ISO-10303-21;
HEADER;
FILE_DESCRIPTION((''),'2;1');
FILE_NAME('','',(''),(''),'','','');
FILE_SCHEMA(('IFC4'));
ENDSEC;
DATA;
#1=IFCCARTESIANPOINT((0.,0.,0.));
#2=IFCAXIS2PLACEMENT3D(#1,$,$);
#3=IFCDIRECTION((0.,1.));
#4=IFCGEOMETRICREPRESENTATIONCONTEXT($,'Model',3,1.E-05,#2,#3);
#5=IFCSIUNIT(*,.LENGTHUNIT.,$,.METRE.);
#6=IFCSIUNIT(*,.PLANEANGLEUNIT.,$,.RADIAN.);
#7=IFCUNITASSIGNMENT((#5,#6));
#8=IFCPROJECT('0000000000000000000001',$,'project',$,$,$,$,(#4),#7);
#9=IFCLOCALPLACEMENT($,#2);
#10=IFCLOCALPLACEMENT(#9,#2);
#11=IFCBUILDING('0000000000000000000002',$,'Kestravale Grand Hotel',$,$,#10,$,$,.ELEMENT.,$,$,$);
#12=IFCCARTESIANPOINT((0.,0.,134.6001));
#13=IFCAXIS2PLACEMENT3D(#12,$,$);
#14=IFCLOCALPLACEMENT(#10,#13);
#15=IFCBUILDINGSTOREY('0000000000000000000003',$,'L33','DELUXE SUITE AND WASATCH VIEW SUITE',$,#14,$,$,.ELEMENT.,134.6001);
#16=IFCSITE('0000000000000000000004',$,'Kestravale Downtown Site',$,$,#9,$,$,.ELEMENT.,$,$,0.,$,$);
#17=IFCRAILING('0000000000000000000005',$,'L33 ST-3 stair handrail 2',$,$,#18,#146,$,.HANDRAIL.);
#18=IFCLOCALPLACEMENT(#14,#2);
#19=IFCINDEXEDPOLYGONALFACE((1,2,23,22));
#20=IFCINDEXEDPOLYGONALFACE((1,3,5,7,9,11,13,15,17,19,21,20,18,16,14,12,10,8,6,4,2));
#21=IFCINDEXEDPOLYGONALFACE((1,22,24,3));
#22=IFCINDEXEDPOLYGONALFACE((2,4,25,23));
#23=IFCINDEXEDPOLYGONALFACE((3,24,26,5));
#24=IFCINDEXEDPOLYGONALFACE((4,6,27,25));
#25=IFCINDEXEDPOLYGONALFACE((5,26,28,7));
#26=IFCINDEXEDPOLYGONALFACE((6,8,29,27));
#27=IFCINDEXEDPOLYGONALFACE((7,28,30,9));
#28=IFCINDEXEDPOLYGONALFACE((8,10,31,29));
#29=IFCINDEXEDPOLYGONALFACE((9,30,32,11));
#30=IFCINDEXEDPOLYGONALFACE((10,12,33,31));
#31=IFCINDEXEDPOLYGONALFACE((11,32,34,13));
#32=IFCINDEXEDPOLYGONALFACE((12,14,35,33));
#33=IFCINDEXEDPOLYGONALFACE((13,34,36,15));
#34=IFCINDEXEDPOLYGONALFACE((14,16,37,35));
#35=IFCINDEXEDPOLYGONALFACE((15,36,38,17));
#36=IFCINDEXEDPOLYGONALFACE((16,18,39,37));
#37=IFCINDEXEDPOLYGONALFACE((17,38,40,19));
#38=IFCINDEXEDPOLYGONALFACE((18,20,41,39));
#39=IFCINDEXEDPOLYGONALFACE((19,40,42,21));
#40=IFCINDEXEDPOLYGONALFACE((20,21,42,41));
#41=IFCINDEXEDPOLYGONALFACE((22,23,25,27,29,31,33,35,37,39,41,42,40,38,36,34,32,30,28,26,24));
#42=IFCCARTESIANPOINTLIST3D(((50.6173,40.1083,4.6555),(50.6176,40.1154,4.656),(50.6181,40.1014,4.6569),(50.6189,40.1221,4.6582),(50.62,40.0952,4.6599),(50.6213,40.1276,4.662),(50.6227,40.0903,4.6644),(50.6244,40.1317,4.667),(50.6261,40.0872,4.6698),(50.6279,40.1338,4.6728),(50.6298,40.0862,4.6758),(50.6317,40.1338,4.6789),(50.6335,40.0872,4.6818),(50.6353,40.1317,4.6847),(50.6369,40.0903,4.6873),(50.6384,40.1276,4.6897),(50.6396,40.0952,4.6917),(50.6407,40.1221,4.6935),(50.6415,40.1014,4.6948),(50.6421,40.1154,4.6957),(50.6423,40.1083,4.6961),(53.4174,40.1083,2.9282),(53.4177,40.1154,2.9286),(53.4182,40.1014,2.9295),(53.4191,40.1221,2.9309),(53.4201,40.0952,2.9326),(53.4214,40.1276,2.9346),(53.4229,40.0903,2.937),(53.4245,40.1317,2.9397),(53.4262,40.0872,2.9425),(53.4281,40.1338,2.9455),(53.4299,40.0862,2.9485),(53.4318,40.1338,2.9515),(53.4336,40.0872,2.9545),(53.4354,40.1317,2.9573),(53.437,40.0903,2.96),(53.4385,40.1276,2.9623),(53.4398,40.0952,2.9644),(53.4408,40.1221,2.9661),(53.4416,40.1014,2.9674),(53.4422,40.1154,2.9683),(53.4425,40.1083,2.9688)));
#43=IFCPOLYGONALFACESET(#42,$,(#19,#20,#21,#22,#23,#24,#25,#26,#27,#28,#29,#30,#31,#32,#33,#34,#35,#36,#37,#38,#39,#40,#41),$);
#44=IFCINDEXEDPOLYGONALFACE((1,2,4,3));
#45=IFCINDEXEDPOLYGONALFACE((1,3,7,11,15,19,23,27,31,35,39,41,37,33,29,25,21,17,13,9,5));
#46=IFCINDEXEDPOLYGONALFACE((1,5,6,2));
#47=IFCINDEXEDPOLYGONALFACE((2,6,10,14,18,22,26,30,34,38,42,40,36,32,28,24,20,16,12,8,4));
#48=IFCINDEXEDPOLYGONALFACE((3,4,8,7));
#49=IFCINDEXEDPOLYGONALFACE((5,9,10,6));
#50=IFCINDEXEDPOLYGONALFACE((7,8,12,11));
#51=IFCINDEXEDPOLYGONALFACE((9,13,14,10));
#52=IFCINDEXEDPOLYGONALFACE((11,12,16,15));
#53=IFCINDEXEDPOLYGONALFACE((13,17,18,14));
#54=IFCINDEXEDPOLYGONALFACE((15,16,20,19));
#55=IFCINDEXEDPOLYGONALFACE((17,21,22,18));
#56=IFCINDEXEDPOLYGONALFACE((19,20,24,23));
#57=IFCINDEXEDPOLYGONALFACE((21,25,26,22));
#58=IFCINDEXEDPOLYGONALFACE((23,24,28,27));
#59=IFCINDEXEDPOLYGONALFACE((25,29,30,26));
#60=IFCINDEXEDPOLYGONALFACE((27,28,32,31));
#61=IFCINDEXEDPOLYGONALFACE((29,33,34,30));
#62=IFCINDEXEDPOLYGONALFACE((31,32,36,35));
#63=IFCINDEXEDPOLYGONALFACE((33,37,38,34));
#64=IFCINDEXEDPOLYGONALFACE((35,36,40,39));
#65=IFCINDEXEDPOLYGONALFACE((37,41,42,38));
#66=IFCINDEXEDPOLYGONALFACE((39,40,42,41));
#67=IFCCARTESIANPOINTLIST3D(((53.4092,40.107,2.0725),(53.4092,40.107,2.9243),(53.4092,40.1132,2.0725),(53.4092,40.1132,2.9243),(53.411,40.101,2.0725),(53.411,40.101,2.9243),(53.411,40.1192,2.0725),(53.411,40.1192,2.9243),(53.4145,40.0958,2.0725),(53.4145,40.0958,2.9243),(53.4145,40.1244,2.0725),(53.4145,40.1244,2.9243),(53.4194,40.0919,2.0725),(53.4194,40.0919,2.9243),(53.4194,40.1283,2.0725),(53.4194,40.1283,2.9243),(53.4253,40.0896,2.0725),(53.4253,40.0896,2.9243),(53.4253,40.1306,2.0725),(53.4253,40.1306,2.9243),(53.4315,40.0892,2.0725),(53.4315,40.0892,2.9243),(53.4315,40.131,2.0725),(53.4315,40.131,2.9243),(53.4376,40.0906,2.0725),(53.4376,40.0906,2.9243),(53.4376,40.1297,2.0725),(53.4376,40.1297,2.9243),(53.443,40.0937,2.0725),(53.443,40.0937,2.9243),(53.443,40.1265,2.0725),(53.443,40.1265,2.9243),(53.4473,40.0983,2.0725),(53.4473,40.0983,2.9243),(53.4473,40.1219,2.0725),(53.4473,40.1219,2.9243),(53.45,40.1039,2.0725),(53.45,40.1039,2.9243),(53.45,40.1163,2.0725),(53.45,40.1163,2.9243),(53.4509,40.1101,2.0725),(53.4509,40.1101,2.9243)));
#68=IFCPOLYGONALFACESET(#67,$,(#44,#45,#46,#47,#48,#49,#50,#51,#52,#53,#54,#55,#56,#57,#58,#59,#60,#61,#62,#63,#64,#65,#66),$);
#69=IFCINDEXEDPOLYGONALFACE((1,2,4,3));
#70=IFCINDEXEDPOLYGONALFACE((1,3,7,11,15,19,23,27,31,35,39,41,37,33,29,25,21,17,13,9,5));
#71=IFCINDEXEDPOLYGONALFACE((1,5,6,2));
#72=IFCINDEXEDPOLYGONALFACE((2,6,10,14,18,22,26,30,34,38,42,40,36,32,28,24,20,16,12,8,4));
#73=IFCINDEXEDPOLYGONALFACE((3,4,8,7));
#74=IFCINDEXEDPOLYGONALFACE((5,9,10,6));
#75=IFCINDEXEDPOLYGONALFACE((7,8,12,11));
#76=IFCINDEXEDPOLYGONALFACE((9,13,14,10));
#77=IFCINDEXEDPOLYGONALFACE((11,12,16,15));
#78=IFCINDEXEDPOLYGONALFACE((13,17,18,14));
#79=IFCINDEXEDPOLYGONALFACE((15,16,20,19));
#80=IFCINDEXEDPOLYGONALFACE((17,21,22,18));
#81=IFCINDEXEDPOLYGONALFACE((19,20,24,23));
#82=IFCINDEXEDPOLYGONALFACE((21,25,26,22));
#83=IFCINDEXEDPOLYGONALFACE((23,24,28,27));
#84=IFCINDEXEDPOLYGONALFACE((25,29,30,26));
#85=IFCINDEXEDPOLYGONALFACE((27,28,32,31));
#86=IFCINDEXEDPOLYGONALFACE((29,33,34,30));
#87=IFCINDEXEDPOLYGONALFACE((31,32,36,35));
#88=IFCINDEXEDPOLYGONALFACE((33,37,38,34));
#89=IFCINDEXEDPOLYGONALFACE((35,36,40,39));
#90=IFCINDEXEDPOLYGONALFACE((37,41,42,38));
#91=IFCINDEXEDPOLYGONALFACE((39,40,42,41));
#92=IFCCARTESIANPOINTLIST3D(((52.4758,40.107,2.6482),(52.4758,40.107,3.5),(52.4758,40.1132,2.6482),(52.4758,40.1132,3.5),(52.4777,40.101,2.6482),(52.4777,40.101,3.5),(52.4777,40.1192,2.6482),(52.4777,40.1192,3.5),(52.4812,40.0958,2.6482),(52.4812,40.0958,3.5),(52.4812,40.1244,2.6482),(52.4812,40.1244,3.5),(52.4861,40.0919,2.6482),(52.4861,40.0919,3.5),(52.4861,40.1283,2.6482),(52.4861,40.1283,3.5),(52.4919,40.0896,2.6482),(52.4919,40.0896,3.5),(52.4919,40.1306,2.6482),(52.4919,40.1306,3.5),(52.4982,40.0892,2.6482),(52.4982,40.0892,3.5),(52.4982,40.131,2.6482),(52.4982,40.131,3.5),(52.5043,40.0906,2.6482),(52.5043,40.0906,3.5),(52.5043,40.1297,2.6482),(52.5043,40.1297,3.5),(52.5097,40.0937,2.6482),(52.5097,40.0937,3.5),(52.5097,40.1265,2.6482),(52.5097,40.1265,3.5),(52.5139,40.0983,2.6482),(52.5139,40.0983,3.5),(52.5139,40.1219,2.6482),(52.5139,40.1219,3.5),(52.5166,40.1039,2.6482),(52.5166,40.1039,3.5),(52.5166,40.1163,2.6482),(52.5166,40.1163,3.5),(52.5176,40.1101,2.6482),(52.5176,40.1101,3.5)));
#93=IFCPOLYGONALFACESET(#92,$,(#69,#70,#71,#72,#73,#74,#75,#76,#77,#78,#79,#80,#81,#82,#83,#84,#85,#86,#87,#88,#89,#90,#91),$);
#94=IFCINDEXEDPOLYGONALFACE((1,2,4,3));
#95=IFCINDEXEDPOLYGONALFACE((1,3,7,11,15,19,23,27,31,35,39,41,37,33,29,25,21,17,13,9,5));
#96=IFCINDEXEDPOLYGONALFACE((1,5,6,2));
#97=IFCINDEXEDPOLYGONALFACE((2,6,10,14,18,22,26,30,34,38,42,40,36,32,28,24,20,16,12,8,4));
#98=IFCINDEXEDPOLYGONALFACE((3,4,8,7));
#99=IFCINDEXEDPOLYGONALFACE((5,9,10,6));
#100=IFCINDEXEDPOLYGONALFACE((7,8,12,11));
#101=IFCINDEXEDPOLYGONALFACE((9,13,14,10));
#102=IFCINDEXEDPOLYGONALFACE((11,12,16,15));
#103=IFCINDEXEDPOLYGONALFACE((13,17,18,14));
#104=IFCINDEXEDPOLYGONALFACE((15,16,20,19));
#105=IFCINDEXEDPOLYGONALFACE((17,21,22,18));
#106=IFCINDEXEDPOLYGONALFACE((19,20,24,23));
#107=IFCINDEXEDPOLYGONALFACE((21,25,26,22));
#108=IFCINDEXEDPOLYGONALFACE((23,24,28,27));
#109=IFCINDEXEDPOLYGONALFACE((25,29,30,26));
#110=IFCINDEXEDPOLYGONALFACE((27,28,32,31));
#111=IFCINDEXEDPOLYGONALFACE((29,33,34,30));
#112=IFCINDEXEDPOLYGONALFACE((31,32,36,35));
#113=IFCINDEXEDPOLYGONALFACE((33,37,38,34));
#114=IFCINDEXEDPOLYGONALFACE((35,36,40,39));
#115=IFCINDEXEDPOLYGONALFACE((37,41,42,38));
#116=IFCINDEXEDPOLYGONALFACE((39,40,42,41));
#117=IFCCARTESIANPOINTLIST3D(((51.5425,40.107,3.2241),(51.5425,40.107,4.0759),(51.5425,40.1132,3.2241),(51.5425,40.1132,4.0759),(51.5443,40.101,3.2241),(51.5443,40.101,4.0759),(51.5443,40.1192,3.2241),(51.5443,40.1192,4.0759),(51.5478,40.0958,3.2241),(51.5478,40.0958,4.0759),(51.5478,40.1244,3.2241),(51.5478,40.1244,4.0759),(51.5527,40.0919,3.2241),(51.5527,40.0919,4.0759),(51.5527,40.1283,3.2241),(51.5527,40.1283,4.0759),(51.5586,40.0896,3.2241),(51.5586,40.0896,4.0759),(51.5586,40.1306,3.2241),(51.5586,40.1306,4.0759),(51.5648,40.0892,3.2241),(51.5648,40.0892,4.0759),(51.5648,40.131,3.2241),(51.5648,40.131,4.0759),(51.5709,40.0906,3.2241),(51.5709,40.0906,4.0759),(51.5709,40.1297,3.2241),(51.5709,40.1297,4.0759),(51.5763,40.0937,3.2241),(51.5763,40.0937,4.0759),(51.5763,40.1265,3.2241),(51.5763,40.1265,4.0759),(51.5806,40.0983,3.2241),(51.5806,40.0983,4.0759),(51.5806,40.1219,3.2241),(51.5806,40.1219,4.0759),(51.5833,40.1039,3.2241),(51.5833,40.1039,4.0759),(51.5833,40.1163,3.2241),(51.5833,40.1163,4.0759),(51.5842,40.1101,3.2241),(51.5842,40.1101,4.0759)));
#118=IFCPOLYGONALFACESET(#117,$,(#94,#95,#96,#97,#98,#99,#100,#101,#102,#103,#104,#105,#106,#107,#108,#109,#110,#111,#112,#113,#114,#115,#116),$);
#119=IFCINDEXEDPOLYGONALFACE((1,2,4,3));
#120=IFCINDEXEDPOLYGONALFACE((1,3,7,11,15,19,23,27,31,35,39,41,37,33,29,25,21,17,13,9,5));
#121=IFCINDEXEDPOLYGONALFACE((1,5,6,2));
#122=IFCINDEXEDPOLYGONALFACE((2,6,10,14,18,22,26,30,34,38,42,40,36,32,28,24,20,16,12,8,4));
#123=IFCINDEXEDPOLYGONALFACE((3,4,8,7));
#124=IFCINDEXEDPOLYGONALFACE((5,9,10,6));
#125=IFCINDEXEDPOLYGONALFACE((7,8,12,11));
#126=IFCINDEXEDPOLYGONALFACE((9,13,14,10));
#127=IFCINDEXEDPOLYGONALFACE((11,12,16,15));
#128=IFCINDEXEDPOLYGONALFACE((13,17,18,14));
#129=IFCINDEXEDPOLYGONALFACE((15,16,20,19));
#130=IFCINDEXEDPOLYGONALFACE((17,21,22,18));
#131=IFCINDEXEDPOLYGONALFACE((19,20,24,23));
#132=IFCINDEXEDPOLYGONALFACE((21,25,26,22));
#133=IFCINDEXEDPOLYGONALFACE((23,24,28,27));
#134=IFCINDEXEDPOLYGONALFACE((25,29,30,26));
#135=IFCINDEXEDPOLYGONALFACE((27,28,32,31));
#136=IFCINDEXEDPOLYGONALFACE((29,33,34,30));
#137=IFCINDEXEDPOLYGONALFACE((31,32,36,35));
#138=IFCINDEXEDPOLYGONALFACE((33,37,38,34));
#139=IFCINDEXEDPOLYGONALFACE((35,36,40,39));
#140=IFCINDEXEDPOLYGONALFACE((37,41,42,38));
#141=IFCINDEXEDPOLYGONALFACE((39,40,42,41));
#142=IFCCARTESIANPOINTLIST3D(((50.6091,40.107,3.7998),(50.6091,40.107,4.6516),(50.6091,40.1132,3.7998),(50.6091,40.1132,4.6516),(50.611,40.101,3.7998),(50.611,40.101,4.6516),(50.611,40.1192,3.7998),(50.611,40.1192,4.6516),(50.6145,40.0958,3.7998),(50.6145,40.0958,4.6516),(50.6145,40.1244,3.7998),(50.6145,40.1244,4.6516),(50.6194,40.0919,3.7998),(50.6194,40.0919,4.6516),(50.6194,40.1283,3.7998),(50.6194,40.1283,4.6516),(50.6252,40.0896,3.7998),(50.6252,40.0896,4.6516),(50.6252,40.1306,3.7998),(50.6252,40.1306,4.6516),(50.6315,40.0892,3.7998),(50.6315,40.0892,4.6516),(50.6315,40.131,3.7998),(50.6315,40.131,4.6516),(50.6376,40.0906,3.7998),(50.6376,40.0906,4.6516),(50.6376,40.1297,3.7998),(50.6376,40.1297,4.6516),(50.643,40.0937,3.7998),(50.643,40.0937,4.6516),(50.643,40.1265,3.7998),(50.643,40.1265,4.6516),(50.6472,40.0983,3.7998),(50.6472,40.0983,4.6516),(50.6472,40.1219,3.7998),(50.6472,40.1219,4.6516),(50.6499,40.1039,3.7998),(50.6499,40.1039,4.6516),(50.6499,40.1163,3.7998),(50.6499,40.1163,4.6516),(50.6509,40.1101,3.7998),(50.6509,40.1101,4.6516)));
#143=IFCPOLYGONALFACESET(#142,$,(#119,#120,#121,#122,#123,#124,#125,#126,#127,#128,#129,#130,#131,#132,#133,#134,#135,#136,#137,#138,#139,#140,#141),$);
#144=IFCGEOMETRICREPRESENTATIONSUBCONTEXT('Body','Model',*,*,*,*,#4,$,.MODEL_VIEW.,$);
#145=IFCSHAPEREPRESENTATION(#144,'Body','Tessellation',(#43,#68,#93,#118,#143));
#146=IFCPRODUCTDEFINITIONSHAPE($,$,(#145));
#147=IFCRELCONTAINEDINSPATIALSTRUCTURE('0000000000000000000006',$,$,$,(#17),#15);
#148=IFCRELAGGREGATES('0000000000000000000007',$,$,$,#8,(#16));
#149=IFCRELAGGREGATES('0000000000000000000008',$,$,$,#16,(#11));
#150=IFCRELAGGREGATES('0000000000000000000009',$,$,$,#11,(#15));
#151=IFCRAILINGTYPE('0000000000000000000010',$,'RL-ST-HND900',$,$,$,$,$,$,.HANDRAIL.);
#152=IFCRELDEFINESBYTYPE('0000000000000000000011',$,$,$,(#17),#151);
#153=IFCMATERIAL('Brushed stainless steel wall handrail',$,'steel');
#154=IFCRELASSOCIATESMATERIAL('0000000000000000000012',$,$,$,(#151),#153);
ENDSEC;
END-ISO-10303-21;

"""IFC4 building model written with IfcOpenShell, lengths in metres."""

from ifc_helpers import new_model, si_unit, direction, frame, origin, origin_2d, place, context, subcontext, project, spatial, circle, extrude, material, type_object, element, save


model = new_model("IFC4")

# Units and contexts
model_context = context("Model", 3, precision=1e-05, world=origin(), true_north=direction((0.0, 1.0)))
body_context = subcontext(model_context, "Body", "Model", "MODEL_VIEW")
ifc_project = project(units=[si_unit("LENGTHUNIT", "METRE"), si_unit("PLANEANGLEUNIT", "RADIAN")], contexts=[model_context])

# Site, building, storey
site_placement = place(None, origin())
site = spatial("IfcSite", under=ifc_project, at=site_placement, Name="Kestravale Downtown Site", CompositionType="ELEMENT", RefElevation=0.0)
building_placement = place(site_placement, origin())
building = spatial("IfcBuilding", under=site, at=building_placement, Name="Kestravale Grand Hotel", CompositionType="ELEMENT")
storey_placement = place(building_placement, frame((0.0, 0.0, 134.6001)))
storey = spatial("IfcBuildingStorey", under=building, at=storey_placement, Name="L33", Description="DELUXE SUITE AND WASATCH VIEW SUITE", CompositionType="ELEMENT", Elevation=134.6001)

# Railing
ifc_material_1 = material(Name="Brushed stainless steel wall handrail", Category="steel")
railing_type_1 = type_object("IfcRailingType", Name="RL-ST-HND900", PredefinedType="HANDRAIL", material=ifc_material_1)
railing_1_placement = place(storey_placement, frame((53.4299, 40.1101, 2.0725)))
element("IfcRailing", 1, at=railing_1_placement, inside=storey, type_object=railing_type_1, Name="L33 ST-3 stair handrail 2", PredefinedType="HANDRAIL", context=body_context, shape_type="SweptSolid", body=[
    extrude(circle(Radius=0.0239, at=origin_2d()), frame((0.0, 0.0, 0.876), z_axis=(-0.85109, 0.0, 0.52502), x_axis=(0.0, -1.0, 0.0)), (0.0, 0.0, 1.0), 3.29),
    extrude(circle(Radius=0.021, at=origin_2d()), origin(), (0.0, 0.0, 1.0), 0.8518),
    extrude(circle(Radius=0.021, at=origin_2d()), frame((-0.9333, 0.0, 0.5757)), (0.0, 0.0, 1.0), 0.8518),
    extrude(circle(Radius=0.021, at=origin_2d()), frame((-1.8667, 0.0, 1.1516)), (0.0, 0.0, 1.0), 0.8518),
    extrude(circle(Radius=0.021, at=origin_2d()), frame((-2.8, 0.0, 1.7273)), (0.0, 0.0, 1.0), 0.8518),
])

save(model, "model.ifc")
